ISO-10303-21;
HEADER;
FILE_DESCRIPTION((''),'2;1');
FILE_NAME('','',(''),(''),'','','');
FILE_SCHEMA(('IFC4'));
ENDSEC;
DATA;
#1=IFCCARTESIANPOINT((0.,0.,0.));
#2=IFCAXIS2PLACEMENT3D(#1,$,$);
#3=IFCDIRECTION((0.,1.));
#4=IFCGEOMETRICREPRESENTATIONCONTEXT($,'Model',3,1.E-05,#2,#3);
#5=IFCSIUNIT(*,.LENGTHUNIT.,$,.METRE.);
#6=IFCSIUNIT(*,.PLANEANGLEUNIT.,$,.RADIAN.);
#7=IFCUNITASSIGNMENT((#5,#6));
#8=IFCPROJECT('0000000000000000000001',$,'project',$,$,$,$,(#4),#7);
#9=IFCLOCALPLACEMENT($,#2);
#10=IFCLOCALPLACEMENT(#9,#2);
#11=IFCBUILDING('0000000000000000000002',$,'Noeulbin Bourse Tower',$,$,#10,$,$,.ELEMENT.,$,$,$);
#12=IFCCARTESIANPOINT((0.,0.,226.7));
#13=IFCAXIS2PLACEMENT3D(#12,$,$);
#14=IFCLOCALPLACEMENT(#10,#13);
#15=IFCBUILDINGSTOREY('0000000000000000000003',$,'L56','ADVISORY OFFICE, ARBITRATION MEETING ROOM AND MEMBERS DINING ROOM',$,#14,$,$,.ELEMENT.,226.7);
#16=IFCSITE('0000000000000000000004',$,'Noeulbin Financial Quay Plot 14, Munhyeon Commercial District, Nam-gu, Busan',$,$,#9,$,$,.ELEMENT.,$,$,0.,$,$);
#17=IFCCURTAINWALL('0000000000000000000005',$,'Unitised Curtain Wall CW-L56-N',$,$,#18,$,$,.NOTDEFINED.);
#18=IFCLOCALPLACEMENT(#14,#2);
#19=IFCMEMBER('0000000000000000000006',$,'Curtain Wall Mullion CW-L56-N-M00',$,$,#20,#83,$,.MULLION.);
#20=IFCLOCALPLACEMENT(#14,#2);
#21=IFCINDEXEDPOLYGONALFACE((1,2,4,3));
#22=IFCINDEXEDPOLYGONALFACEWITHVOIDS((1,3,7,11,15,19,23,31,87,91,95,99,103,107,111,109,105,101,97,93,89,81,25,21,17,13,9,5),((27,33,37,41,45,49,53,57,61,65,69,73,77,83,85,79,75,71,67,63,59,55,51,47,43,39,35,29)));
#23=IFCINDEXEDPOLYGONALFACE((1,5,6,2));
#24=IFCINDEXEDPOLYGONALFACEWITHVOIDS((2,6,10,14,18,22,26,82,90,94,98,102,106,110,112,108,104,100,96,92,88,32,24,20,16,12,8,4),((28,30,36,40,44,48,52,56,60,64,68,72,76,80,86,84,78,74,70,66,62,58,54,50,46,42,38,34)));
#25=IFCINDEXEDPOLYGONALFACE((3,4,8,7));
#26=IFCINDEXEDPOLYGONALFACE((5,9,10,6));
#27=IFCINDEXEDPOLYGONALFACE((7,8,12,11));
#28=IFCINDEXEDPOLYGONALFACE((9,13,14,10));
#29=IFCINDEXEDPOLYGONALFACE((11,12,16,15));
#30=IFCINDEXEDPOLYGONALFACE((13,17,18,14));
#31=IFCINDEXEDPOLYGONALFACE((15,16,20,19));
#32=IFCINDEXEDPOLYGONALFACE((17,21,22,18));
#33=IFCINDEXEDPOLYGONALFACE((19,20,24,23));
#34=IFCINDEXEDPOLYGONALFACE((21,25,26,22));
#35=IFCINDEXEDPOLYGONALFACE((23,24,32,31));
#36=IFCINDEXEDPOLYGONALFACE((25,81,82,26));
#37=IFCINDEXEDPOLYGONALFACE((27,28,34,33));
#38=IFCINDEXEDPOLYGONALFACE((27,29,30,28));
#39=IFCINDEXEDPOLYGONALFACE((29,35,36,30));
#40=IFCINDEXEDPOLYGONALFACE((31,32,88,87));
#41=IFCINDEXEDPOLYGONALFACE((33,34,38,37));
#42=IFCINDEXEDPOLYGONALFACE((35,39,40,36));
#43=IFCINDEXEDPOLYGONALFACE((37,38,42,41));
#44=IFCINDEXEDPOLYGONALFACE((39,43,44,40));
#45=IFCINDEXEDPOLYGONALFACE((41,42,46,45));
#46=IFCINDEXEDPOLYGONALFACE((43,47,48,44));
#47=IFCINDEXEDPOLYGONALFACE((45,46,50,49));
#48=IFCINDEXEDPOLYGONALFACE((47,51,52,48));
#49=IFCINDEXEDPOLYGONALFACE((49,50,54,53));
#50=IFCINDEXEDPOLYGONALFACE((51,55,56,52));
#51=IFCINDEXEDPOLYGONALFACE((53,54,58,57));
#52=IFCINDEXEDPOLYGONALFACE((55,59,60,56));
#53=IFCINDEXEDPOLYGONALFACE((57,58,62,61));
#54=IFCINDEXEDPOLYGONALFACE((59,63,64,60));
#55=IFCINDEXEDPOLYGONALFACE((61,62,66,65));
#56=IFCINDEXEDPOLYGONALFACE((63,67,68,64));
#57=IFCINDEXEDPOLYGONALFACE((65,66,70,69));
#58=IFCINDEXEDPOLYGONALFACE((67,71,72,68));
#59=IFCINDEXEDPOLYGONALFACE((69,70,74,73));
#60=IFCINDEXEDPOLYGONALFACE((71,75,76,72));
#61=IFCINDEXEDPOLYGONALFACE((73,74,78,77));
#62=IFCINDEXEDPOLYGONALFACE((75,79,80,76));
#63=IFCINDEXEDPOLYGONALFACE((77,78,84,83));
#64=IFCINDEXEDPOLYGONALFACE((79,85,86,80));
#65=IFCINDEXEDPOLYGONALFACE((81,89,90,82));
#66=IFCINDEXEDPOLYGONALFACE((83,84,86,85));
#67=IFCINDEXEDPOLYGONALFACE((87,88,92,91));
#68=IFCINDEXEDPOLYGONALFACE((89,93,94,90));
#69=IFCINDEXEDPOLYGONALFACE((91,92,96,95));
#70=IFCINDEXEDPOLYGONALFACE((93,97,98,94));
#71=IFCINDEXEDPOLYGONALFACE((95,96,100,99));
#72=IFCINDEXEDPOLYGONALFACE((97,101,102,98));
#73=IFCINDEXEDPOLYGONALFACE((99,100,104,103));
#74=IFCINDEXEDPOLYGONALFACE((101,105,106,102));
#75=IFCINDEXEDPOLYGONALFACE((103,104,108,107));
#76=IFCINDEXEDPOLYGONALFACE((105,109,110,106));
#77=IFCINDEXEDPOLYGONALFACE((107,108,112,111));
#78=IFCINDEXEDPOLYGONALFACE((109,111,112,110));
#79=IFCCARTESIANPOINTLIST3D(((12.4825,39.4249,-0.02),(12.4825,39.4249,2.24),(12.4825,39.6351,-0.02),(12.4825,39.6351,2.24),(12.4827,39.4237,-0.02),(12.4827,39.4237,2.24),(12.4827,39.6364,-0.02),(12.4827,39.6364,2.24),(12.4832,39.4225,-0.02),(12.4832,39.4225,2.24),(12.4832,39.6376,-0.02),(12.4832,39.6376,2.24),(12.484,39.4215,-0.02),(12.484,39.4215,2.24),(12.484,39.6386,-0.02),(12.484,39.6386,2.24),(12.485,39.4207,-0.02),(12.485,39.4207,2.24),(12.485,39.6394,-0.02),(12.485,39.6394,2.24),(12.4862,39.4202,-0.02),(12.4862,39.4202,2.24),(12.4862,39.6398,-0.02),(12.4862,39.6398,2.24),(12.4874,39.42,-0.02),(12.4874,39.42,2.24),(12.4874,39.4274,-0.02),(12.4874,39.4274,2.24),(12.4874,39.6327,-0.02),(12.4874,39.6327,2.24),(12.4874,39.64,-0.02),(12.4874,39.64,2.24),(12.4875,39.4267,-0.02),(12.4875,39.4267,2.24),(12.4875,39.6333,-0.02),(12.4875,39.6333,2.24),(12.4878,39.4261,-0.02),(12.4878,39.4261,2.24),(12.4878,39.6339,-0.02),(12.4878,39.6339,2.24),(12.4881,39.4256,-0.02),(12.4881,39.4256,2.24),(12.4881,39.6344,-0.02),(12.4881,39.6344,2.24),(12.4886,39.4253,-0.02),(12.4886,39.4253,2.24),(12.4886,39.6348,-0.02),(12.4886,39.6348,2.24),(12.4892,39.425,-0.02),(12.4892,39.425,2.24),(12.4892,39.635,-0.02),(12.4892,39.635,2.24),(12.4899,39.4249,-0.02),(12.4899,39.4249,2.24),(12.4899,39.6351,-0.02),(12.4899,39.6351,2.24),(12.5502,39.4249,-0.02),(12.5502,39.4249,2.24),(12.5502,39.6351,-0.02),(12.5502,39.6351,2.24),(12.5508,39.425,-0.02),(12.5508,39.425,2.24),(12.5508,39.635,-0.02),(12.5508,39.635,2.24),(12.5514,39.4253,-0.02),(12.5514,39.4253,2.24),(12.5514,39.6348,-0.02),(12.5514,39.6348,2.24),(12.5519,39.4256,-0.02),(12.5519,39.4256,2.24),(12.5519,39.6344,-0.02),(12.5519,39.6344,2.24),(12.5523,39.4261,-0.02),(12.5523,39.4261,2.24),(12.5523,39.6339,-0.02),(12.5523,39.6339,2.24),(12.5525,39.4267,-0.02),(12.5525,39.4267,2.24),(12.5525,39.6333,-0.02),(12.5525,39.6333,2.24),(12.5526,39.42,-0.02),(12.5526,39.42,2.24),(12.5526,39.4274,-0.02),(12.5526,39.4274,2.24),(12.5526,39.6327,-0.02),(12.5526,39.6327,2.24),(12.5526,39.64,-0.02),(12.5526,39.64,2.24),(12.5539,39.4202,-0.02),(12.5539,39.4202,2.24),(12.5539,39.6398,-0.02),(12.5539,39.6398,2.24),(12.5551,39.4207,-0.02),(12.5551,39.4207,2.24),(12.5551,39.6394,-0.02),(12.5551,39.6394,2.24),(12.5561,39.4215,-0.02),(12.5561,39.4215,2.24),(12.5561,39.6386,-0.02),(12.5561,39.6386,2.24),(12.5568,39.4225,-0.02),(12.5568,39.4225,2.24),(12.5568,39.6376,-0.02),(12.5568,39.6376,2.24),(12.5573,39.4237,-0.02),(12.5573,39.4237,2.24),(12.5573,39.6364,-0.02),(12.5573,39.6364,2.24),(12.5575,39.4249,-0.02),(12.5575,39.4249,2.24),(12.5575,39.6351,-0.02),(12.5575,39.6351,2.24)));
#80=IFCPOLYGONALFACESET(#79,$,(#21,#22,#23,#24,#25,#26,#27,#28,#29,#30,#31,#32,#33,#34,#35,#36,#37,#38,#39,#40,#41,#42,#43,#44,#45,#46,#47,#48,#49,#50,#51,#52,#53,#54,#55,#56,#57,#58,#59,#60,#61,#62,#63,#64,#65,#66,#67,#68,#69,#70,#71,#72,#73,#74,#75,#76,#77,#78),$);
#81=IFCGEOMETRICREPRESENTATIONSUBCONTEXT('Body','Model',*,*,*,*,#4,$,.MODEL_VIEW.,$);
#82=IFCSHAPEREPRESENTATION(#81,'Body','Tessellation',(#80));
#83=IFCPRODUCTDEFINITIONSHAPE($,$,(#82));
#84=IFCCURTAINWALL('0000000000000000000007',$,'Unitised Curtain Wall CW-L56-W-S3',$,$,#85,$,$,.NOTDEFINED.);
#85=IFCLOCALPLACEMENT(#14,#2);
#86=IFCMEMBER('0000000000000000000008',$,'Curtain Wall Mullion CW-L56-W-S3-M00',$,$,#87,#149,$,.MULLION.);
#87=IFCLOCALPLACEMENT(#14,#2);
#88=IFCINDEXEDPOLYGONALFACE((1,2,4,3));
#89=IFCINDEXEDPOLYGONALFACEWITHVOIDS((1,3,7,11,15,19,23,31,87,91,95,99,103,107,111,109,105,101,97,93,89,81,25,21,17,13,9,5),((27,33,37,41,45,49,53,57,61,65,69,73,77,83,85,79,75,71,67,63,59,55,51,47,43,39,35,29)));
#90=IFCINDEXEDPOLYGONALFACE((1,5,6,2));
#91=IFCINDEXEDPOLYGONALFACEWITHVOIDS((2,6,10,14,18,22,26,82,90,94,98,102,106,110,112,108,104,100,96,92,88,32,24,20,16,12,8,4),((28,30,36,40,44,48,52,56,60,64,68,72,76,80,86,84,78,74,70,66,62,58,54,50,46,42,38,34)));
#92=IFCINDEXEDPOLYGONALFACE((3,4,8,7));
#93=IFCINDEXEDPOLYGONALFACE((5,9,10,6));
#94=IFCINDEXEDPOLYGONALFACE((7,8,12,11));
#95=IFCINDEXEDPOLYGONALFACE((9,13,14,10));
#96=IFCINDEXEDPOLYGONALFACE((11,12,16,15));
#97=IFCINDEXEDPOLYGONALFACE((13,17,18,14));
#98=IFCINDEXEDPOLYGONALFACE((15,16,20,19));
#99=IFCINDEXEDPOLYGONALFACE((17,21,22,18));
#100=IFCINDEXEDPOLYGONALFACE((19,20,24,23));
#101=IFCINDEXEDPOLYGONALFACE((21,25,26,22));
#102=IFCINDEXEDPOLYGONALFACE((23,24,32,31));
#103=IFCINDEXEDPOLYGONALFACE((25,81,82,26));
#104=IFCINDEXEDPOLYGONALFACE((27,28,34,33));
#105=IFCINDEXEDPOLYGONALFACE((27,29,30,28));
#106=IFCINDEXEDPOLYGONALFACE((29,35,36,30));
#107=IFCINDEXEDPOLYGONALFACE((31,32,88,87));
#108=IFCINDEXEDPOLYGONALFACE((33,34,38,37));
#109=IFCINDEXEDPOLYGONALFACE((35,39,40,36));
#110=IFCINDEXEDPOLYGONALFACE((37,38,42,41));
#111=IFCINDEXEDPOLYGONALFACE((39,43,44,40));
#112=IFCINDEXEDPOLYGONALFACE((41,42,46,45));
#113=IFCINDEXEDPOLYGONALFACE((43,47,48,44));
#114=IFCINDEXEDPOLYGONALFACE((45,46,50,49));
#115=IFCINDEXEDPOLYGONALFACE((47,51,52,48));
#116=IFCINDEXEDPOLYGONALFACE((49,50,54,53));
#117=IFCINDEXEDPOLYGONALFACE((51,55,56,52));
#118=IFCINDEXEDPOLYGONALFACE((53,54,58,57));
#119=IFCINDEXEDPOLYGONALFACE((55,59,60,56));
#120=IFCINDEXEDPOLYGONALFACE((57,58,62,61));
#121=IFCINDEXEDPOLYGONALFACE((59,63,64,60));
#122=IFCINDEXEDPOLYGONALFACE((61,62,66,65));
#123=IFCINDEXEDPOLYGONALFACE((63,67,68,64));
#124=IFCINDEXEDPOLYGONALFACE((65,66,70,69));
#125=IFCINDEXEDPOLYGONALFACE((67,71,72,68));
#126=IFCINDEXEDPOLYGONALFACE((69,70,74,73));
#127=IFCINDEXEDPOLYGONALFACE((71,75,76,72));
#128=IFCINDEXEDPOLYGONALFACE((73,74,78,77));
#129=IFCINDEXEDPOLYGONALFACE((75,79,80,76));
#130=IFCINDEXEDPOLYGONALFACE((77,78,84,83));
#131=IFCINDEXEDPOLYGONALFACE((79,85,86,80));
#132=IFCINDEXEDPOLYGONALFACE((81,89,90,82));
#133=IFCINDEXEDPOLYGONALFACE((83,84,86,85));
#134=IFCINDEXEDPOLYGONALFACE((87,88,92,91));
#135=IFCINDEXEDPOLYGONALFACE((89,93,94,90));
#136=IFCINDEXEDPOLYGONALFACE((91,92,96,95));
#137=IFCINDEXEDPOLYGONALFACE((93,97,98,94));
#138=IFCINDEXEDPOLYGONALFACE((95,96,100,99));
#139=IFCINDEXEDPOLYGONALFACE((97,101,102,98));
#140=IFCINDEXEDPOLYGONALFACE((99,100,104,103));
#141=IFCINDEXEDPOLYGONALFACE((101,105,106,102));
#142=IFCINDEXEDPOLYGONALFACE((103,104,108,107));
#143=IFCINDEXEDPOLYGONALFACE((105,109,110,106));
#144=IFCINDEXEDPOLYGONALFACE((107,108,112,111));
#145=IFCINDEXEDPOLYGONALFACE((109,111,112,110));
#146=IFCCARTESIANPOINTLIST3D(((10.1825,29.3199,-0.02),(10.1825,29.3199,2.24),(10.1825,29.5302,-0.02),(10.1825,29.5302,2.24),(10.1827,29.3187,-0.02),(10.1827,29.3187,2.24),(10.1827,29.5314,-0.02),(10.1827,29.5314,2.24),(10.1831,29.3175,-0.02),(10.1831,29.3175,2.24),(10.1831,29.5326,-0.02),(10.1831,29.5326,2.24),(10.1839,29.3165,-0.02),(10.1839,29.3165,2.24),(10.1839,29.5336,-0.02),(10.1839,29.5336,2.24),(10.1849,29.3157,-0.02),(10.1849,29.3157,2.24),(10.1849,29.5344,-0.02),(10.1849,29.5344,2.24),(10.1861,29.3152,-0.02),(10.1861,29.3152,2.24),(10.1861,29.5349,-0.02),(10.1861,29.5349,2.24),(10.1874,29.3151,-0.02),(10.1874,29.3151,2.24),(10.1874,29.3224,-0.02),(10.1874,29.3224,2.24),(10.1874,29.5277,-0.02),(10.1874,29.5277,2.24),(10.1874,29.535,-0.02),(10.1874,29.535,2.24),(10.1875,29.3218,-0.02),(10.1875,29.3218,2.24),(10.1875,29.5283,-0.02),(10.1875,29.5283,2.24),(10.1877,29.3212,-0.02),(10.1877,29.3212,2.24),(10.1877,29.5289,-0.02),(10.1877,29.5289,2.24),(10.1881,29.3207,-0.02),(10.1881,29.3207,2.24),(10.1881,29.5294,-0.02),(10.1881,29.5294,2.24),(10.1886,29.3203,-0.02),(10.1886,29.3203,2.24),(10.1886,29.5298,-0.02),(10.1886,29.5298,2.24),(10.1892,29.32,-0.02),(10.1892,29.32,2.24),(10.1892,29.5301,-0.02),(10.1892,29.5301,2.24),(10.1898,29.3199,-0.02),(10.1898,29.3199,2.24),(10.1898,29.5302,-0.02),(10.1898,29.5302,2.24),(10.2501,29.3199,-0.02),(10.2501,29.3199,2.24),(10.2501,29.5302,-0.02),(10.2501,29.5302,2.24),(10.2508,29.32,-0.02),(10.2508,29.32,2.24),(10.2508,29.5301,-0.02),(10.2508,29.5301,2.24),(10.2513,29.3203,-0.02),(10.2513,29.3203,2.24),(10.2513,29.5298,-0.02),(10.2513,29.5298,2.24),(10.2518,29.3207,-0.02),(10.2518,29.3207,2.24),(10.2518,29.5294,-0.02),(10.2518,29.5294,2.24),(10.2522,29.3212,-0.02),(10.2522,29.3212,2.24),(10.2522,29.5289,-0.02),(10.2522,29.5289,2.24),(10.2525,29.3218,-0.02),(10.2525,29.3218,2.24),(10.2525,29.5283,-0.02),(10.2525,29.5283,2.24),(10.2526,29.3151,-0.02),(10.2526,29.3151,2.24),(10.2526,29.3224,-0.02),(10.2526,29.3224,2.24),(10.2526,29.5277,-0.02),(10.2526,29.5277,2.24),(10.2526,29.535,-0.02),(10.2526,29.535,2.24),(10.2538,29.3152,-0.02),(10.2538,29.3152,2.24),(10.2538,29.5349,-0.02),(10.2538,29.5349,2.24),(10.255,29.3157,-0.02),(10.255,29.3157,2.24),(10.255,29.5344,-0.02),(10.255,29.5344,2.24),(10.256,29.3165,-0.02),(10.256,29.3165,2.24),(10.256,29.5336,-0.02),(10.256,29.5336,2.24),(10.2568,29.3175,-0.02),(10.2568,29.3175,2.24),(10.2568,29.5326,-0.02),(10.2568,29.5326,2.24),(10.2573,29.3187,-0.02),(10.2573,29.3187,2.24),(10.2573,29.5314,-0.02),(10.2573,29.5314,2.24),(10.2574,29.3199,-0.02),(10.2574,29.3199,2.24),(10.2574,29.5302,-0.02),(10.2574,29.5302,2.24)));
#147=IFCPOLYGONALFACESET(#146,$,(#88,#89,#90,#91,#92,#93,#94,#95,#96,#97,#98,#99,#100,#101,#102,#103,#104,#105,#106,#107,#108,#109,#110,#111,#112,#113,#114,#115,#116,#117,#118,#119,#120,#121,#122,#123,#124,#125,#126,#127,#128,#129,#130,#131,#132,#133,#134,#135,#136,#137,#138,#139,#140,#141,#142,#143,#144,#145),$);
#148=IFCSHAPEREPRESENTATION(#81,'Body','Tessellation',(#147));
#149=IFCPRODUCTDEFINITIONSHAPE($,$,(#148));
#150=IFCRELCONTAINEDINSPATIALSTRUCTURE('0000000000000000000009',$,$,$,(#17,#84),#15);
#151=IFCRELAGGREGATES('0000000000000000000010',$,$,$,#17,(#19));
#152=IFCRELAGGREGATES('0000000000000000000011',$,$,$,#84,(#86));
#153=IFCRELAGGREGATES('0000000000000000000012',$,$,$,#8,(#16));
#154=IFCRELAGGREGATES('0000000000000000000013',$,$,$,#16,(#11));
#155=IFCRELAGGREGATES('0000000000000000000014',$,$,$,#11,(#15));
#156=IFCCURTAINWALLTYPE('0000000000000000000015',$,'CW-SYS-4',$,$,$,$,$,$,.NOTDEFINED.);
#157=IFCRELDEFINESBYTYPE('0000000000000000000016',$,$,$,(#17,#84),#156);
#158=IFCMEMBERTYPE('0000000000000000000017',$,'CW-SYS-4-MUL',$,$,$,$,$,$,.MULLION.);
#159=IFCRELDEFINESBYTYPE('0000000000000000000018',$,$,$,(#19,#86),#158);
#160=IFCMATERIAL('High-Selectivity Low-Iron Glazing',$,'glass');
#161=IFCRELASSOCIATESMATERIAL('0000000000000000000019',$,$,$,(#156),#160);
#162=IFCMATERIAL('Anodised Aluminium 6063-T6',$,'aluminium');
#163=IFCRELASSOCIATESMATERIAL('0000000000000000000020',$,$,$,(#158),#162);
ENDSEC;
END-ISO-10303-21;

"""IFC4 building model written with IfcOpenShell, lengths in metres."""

from ifc_helpers import new_model, si_unit, direction, frame, origin, origin_2d, place, context, subcontext, project, spatial, hollow_rectangle, extrude, material, material_profile, profile_set, type_object, element, aggregate, save


model = new_model("IFC4")

# Units and contexts
model_context = context("Model", 3, precision=1e-05, world=origin(), true_north=direction((0.0, 1.0)))
body_context = subcontext(model_context, "Body", "Model", "MODEL_VIEW")
ifc_project = project(units=[si_unit("LENGTHUNIT", "METRE"), si_unit("PLANEANGLEUNIT", "RADIAN")], contexts=[model_context])

# Site, building, storey
site_placement = place(None, origin())
site = spatial("IfcSite", under=ifc_project, at=site_placement, Name="Noeulbin Financial Quay Plot 14, Munhyeon Commercial District, Nam-gu, Busan", CompositionType="ELEMENT", RefElevation=0.0)
building_placement = place(site_placement, origin())
building = spatial("IfcBuilding", under=site, at=building_placement, Name="Noeulbin Bourse Tower", CompositionType="ELEMENT")
storey_placement = place(building_placement, frame((0.0, 0.0, 226.7)))
storey = spatial("IfcBuildingStorey", under=building, at=storey_placement, Name="L56", Description="ADVISORY OFFICE, ARBITRATION MEETING ROOM AND MEMBERS DINING ROOM", CompositionType="ELEMENT", Elevation=226.7)

# Curtain wall, member
ifc_material_1 = material(Name="High-Selectivity Low-Iron Glazing", Category="glass")
curtain_wall_type = type_object("IfcCurtainWallType", Name="CW-SYS-4", PredefinedType="NOTDEFINED", material=ifc_material_1)
curtain_wall_1_placement = place(storey_placement, origin())
curtain_wall_1 = element("IfcCurtainWall", 1, at=curtain_wall_1_placement, inside=storey, type_object=curtain_wall_type, Name="Unitised Curtain Wall CW-L56-N", PredefinedType="NOTDEFINED")
ifc_material_2 = material(Name="Anodised Aluminium 6063-T6", Category="aluminium")
ifc_material_profile_1 = material_profile(ifc_material_2, hollow_rectangle(XDim=0.075, YDim=0.22, WallThickness=0.0049, InnerFilletRadius=0.0024, OuterFilletRadius=0.0049, at=origin_2d()), Name="ALU-MULL-75x220x5", Category="LoadBearing")
ifc_profile_set_1 = profile_set([ifc_material_profile_1], Name="Anodised Aluminium 6063-T6")
member_type_1 = type_object("IfcMemberType", Name="CW-SYS-4-MUL", PredefinedType="MULLION", material=ifc_profile_set_1)
member_1_placement = place(storey_placement, frame((12.52, 39.53, -0.02), z_axis=(0.0, 0.0, 1.0), x_axis=(1.0, 0.0, 0.0)))
member_1 = element("IfcMember", 2, at=member_1_placement, type_object=member_type_1, Name="Curtain Wall Mullion CW-L56-N-M00", PredefinedType="MULLION", context=body_context, shape_type="SweptSolid", body=[
    extrude(hollow_rectangle(XDim=0.075, YDim=0.22, WallThickness=0.0049, InnerFilletRadius=0.0024, OuterFilletRadius=0.0049, at=origin_2d()), origin(), (0.0, 0.0, 1.0), 2.26),
])

# Curtain wall, member
curtain_wall_2_placement = place(storey_placement, origin())
curtain_wall_2 = element("IfcCurtainWall", 3, at=curtain_wall_2_placement, inside=storey, type_object=curtain_wall_type, Name="Unitised Curtain Wall CW-L56-W-S3", PredefinedType="NOTDEFINED")
member_2_placement = place(storey_placement, frame((10.22, 29.425, -0.02), z_axis=(0.0, 0.0, 1.0), x_axis=(1.0, 0.0, 0.0)))
member_2 = element("IfcMember", 4, at=member_2_placement, type_object=member_type_1, Name="Curtain Wall Mullion CW-L56-W-S3-M00", PredefinedType="MULLION", context=body_context, shape_type="SweptSolid", body=[
    extrude(hollow_rectangle(XDim=0.075, YDim=0.22, WallThickness=0.0049, InnerFilletRadius=0.0024, OuterFilletRadius=0.0049, at=origin_2d()), origin(), (0.0, 0.0, 1.0), 2.26),
])

aggregate(curtain_wall_1, [member_1])

aggregate(curtain_wall_2, [member_2])

save(model, "model.ifc")
